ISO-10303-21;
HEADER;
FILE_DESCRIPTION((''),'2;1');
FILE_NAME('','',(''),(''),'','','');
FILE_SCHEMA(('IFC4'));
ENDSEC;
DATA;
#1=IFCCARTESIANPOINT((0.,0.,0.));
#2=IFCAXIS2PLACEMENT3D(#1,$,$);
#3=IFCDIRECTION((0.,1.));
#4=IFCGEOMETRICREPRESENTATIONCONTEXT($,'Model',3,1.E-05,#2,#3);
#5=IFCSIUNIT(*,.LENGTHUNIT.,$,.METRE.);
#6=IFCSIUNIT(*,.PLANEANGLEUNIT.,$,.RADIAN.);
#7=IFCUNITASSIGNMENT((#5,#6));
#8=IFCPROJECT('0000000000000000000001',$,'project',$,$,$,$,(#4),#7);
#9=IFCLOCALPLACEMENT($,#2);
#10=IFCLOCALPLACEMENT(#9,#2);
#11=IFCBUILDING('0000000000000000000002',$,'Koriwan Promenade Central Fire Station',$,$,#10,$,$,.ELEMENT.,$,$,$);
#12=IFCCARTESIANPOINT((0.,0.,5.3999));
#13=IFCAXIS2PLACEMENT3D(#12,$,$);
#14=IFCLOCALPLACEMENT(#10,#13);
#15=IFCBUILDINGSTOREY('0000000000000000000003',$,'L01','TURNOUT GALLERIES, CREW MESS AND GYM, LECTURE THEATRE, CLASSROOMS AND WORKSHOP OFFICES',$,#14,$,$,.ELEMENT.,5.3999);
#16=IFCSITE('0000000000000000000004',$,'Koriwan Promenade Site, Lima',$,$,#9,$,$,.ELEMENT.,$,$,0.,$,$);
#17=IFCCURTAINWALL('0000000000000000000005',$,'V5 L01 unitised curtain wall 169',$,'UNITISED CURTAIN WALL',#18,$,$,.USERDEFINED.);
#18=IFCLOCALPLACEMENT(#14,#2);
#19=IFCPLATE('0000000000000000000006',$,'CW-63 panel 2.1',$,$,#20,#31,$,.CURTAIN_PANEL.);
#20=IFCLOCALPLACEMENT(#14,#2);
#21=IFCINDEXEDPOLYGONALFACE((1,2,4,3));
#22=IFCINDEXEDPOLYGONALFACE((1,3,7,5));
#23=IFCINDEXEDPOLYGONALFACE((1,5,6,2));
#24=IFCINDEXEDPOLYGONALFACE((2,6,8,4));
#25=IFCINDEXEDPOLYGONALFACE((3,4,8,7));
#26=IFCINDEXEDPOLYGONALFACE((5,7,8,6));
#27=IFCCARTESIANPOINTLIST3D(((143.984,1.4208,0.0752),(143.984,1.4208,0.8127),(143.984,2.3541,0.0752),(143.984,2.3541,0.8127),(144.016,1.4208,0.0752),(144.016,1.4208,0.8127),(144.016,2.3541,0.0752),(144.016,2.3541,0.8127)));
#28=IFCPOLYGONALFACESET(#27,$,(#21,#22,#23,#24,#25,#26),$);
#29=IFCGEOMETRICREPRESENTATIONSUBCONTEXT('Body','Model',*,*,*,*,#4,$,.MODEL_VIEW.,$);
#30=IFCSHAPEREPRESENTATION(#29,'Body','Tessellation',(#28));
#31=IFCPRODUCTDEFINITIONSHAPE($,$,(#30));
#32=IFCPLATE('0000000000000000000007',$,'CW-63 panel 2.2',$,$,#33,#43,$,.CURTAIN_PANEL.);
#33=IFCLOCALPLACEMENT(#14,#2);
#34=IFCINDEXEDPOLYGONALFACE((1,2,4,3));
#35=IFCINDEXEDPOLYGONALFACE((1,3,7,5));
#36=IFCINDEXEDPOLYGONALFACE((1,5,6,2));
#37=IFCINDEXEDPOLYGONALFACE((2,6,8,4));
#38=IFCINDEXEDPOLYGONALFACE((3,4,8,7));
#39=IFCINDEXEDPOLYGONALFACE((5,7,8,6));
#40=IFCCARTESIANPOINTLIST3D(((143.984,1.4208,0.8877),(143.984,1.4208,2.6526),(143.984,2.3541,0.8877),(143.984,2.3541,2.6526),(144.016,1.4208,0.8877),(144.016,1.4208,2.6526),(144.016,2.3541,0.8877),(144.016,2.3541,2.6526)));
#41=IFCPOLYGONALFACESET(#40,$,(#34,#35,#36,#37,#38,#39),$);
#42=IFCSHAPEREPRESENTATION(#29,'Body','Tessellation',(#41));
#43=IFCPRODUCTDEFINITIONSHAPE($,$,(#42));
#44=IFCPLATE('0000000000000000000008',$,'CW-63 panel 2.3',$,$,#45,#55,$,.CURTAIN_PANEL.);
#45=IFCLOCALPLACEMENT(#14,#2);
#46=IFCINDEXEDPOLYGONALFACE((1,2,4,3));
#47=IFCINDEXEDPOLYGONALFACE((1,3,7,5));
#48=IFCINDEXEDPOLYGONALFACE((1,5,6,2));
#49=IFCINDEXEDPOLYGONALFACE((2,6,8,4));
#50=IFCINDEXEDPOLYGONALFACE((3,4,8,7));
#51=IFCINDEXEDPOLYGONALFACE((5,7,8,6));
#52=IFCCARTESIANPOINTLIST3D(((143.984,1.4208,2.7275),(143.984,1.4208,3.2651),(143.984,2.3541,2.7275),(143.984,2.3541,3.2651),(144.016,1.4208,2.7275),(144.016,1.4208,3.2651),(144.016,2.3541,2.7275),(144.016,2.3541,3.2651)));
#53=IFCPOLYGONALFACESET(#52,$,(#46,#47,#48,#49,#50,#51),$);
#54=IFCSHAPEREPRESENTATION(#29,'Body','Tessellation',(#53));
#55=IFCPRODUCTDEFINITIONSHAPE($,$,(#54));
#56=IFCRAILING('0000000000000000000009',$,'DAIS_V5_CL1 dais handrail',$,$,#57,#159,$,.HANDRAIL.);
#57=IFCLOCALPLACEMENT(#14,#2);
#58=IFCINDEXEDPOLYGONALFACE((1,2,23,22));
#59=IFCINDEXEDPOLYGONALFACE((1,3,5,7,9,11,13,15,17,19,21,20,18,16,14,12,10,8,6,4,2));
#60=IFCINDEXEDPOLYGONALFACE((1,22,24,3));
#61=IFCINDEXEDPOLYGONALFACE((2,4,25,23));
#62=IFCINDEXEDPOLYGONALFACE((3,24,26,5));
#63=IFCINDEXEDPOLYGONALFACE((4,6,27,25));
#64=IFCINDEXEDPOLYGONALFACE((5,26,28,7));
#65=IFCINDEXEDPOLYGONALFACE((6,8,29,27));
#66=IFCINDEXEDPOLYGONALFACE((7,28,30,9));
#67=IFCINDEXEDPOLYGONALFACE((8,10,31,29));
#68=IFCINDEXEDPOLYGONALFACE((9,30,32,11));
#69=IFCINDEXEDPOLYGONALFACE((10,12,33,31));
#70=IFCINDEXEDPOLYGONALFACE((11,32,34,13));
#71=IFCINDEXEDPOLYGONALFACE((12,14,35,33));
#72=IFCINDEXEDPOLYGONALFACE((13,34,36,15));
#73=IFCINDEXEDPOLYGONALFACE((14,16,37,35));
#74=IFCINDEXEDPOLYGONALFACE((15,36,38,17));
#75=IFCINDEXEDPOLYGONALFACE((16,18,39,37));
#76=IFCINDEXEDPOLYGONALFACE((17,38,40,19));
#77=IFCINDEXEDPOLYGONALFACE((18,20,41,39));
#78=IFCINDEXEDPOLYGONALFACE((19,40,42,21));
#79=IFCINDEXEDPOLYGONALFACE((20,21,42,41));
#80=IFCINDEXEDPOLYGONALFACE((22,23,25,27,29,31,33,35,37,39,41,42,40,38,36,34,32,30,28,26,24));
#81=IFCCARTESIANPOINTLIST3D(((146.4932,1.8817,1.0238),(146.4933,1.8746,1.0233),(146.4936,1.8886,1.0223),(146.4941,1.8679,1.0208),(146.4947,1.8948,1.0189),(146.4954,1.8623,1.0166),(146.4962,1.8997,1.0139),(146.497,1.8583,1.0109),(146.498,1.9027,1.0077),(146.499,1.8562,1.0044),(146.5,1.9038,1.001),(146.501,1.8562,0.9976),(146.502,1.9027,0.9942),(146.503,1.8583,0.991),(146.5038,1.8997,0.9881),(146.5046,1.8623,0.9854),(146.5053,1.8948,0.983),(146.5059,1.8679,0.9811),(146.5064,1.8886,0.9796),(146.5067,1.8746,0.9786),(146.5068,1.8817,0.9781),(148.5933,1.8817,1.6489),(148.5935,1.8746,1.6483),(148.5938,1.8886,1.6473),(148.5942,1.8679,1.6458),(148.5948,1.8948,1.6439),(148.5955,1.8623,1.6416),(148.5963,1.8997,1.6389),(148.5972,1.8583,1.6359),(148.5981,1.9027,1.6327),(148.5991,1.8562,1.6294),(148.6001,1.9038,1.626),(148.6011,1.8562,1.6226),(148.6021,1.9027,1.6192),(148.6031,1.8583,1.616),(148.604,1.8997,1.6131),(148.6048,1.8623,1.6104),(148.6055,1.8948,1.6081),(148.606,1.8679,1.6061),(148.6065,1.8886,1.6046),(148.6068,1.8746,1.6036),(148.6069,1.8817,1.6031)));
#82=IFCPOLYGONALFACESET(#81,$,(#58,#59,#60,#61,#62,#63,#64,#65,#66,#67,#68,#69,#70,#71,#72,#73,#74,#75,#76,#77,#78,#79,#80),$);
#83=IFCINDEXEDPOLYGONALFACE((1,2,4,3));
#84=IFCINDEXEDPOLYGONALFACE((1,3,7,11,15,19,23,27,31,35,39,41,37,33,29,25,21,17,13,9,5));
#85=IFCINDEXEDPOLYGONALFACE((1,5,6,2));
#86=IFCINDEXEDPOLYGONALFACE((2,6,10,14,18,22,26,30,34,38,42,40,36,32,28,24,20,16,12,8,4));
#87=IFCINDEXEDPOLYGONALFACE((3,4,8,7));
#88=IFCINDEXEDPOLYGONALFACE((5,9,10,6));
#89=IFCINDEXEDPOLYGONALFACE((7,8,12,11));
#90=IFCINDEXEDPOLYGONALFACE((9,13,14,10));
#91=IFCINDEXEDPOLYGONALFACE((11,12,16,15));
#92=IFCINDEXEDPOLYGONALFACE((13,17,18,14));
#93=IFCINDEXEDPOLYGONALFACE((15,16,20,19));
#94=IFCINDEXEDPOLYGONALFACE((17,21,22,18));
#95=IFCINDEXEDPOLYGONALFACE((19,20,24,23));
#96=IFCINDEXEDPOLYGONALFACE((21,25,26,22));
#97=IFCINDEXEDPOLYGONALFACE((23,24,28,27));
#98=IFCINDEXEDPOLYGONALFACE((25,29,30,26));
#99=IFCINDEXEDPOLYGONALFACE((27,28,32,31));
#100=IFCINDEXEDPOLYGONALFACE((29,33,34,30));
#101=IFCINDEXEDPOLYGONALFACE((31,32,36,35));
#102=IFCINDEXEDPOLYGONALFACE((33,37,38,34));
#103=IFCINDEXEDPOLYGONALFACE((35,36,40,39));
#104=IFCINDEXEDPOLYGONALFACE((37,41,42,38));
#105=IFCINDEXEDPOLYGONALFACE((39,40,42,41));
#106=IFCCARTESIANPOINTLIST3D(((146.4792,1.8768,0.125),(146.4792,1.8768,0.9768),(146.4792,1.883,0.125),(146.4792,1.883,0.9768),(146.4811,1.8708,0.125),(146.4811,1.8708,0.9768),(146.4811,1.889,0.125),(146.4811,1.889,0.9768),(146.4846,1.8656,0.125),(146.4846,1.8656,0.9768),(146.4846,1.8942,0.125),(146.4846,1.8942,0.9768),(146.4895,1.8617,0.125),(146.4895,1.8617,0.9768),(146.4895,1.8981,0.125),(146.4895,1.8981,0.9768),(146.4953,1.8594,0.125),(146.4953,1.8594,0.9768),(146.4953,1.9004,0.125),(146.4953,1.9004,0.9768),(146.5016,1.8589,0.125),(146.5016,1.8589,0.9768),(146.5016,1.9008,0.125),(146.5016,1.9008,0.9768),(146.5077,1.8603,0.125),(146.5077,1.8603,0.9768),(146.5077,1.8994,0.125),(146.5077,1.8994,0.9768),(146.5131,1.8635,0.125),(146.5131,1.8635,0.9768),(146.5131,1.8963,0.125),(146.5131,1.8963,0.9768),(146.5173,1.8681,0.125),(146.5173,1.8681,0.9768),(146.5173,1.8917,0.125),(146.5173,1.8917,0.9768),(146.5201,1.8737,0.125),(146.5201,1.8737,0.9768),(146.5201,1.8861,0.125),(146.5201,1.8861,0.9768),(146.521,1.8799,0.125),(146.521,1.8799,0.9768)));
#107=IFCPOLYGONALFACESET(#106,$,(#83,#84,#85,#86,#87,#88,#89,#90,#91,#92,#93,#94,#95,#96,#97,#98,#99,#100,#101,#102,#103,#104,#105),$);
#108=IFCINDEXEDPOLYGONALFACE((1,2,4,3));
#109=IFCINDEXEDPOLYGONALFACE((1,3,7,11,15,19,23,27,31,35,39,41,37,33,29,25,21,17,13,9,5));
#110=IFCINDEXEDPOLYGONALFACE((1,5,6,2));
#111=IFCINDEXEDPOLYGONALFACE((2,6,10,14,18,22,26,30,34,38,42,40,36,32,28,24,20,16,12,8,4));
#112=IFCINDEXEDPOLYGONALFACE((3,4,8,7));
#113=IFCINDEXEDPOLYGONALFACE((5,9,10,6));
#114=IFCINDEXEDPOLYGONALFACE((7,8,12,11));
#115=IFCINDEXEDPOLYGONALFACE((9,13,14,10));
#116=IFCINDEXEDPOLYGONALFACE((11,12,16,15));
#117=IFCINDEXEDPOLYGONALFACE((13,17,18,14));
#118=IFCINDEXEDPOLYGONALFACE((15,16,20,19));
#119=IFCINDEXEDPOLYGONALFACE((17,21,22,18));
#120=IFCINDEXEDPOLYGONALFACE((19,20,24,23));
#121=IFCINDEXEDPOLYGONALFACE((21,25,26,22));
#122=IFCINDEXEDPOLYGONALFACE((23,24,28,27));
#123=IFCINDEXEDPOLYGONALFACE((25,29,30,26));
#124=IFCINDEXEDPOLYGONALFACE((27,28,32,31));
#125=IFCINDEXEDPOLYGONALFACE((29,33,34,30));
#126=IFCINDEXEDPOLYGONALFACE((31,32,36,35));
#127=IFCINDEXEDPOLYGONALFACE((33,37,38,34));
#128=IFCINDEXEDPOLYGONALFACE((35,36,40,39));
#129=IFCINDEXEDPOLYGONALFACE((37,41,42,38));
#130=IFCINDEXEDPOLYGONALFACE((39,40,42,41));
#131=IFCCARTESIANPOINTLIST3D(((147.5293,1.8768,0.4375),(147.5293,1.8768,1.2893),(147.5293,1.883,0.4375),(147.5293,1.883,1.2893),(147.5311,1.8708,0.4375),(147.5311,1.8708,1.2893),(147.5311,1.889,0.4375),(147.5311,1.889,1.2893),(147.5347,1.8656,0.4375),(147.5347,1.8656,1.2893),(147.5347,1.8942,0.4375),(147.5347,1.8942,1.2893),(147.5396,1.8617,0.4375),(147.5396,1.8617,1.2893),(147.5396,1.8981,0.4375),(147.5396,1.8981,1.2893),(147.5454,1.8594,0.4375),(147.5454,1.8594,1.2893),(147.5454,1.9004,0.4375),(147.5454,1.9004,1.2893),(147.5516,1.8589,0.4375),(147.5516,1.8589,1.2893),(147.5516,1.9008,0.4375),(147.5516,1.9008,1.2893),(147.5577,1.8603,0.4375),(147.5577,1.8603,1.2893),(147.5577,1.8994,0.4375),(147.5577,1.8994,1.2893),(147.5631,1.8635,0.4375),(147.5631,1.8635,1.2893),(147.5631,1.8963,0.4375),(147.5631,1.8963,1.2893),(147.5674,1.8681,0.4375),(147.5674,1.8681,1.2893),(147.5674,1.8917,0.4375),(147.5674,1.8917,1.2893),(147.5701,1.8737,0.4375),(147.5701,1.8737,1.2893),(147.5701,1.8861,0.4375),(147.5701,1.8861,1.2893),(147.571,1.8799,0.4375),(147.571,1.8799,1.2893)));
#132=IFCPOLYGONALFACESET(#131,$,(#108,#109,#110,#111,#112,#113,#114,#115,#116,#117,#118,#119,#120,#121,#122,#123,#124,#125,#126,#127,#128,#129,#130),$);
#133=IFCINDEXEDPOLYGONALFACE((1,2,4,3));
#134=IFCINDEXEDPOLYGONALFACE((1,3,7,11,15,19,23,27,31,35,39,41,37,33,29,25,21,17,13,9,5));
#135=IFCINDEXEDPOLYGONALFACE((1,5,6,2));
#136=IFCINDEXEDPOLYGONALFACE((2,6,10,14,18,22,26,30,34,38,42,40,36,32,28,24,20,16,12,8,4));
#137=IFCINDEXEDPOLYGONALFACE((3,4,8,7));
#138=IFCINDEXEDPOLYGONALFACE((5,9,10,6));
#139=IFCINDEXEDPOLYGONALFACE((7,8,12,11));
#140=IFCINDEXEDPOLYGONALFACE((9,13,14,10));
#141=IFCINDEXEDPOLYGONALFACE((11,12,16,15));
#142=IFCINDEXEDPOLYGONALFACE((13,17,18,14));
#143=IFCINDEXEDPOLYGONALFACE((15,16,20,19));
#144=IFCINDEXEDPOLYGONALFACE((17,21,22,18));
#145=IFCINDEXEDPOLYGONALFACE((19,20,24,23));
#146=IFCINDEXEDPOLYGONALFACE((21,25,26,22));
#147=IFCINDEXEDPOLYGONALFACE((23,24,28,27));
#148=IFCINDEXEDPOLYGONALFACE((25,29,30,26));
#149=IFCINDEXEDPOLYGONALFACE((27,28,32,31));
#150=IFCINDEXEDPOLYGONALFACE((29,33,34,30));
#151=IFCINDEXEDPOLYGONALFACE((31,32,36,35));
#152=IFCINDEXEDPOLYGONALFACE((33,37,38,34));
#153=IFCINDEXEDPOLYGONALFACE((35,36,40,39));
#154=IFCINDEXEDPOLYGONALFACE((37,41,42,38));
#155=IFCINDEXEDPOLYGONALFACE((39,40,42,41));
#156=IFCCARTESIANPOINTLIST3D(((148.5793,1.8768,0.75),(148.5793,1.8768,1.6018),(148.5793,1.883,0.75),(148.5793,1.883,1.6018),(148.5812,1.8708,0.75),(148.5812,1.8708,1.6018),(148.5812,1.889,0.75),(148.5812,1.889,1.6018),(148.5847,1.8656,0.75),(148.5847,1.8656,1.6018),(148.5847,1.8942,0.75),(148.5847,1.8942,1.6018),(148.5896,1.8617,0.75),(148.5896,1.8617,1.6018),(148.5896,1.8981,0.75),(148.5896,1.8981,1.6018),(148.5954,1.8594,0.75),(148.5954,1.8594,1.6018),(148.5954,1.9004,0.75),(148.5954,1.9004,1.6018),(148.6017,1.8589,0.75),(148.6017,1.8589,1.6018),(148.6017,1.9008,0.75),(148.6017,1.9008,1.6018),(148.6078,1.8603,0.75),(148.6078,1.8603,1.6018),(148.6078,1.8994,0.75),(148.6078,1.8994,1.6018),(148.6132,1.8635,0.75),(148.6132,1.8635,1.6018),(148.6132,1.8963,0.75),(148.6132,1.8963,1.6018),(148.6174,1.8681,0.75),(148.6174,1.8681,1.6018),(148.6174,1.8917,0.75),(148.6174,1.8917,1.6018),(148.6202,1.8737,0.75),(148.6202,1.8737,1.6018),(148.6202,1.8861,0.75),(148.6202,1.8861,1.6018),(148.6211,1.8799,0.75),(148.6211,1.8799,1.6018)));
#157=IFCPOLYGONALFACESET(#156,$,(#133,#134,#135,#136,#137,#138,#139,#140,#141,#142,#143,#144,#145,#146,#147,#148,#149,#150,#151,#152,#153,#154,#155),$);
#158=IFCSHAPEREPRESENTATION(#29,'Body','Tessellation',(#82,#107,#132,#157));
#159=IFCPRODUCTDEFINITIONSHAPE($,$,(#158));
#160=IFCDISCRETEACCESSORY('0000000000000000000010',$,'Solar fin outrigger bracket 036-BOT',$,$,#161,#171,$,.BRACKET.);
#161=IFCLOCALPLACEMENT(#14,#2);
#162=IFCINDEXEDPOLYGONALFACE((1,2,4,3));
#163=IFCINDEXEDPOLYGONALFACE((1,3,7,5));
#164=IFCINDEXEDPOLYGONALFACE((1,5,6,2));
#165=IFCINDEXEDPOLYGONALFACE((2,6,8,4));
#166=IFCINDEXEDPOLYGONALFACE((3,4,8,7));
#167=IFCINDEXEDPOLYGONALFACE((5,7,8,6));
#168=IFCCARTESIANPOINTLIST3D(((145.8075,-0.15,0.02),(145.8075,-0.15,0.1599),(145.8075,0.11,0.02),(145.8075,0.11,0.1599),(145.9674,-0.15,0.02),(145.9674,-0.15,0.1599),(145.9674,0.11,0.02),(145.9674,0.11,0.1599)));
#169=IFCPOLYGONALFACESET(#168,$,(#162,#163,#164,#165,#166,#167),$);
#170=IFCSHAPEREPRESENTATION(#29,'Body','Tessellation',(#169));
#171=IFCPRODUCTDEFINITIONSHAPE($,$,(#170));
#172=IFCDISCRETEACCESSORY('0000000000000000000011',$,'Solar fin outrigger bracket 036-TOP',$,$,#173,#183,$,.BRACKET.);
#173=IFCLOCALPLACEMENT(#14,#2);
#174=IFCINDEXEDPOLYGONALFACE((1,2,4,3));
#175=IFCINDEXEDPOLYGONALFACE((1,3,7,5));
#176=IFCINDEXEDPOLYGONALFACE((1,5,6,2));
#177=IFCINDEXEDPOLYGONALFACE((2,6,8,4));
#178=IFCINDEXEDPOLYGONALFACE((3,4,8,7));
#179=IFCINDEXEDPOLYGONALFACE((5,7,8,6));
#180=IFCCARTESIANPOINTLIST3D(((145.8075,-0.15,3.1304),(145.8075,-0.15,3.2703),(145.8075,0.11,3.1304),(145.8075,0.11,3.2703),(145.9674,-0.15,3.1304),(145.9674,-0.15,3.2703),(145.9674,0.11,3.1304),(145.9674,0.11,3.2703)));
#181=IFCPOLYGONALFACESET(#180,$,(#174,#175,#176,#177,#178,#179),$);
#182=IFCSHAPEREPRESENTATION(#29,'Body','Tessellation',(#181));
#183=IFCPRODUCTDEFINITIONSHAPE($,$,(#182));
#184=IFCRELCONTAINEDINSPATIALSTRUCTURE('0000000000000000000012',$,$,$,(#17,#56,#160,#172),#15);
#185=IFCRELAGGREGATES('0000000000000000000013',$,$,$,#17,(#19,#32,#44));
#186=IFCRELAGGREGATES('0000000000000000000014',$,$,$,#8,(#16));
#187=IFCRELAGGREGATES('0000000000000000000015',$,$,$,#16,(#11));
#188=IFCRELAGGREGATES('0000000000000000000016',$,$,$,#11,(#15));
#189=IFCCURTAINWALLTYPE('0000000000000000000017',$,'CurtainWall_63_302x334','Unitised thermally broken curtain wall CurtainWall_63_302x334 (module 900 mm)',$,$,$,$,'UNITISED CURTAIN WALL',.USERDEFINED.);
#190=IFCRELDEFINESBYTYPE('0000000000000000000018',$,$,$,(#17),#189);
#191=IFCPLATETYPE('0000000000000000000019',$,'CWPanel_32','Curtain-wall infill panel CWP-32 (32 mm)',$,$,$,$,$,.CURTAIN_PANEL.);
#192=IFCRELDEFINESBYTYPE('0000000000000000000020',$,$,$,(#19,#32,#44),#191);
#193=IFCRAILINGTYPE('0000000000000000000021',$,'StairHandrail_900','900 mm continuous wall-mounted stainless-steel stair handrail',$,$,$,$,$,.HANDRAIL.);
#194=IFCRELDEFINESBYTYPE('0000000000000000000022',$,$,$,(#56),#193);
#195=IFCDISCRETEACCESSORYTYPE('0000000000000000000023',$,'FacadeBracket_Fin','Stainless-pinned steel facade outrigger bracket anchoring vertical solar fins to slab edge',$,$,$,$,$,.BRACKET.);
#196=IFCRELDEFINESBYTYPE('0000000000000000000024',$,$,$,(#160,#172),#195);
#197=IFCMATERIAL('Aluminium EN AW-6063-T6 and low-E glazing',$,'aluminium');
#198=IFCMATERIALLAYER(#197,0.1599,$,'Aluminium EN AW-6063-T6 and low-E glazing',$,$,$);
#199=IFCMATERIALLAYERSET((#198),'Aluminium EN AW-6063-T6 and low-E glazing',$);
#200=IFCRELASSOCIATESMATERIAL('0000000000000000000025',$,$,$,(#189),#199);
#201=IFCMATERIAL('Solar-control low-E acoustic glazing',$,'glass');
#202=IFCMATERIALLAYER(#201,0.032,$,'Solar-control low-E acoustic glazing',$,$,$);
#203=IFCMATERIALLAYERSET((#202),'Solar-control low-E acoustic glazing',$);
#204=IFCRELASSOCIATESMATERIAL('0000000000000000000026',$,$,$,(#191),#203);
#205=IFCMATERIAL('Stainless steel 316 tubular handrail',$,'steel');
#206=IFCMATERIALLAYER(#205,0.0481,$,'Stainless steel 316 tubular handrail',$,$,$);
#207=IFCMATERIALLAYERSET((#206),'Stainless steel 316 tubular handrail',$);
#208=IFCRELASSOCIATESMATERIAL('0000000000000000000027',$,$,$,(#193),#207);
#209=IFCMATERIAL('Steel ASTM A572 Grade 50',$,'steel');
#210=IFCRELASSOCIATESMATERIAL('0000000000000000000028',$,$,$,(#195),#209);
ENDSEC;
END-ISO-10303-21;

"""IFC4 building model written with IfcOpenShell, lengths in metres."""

from ifc_helpers import new_model, si_unit, direction, frame, origin, origin_2d, place, context, subcontext, project, spatial, rectangle, circle, extrude, material, layer, layer_set, type_object, element, aggregate, save


model = new_model("IFC4")

# Units and contexts
model_context = context("Model", 3, precision=1e-05, world=origin(), true_north=direction((0.0, 1.0)))
body_context = subcontext(model_context, "Body", "Model", "MODEL_VIEW")
ifc_project = project(units=[si_unit("LENGTHUNIT", "METRE"), si_unit("PLANEANGLEUNIT", "RADIAN")], contexts=[model_context])

# Site, building, storey
site_placement = place(None, origin())
site = spatial("IfcSite", under=ifc_project, at=site_placement, Name="Koriwan Promenade Site, Lima", CompositionType="ELEMENT", RefElevation=0.0)
building_placement = place(site_placement, origin())
building = spatial("IfcBuilding", under=site, at=building_placement, Name="Koriwan Promenade Central Fire Station", CompositionType="ELEMENT")
storey_placement = place(building_placement, frame((0.0, 0.0, 5.3999)))
storey = spatial("IfcBuildingStorey", under=building, at=storey_placement, Name="L01", Description="TURNOUT GALLERIES, CREW MESS AND GYM, LECTURE THEATRE, CLASSROOMS AND WORKSHOP OFFICES", CompositionType="ELEMENT", Elevation=5.3999)

# Curtain wall
ifc_material_1 = material(Name="Aluminium EN AW-6063-T6 and low-E glazing", Category="aluminium")
ifc_layer_1 = layer(ifc_material_1, 0.1599, Name="Aluminium EN AW-6063-T6 and low-E glazing")
ifc_layer_set_1 = layer_set([ifc_layer_1], Name="Aluminium EN AW-6063-T6 and low-E glazing")
curtain_wall_type_1 = type_object("IfcCurtainWallType", Name="CurtainWall_63_302x334", Description="Unitised thermally broken curtain wall CurtainWall_63_302x334 (module 900 mm)", ElementType="UNITISED CURTAIN WALL", PredefinedType="USERDEFINED", material=ifc_layer_set_1)
curtain_wall_1_placement = place(storey_placement, origin())
curtain_wall_1 = element("IfcCurtainWall", 1, at=curtain_wall_1_placement, inside=storey, type_object=curtain_wall_type_1, Name="V5 L01 unitised curtain wall 169", ObjectType="UNITISED CURTAIN WALL", PredefinedType="USERDEFINED")

# Plates
ifc_material_2 = material(Name="Solar-control low-E acoustic glazing", Category="glass")
ifc_layer_2 = layer(ifc_material_2, 0.032, Name="Solar-control low-E acoustic glazing")
ifc_layer_set_2 = layer_set([ifc_layer_2], Name="Solar-control low-E acoustic glazing")
plate_type = type_object("IfcPlateType", Name="CWPanel_32", Description="Curtain-wall infill panel CWP-32 (32 mm)", PredefinedType="CURTAIN_PANEL", material=ifc_layer_set_2)
plate_1_placement = place(storey_placement, frame((144.0, 1.8875, 0.0752), z_axis=(0.0, 0.0, 1.0), x_axis=(0.0, 1.0, 0.0)))
plate_1 = element("IfcPlate", 2, at=plate_1_placement, type_object=plate_type, Name="CW-63 panel 2.1", PredefinedType="CURTAIN_PANEL", context=body_context, shape_type="SweptSolid", body=[
    extrude(rectangle(XDim=0.9333, YDim=0.032, at=origin_2d()), origin(), (0.0, 0.0, 1.0), 0.7375),
])
plate_2_placement = place(storey_placement, frame((144.0, 1.8875, 0.8877), z_axis=(0.0, 0.0, 1.0), x_axis=(0.0, 1.0, 0.0)))
plate_2 = element("IfcPlate", 3, at=plate_2_placement, type_object=plate_type, Name="CW-63 panel 2.2", PredefinedType="CURTAIN_PANEL", context=body_context, shape_type="SweptSolid", body=[
    extrude(rectangle(XDim=0.9333, YDim=0.032, at=origin_2d()), origin(), (0.0, 0.0, 1.0), 1.7649),
])
plate_3_placement = place(storey_placement, frame((144.0, 1.8875, 2.7275), z_axis=(0.0, 0.0, 1.0), x_axis=(0.0, 1.0, 0.0)))
plate_3 = element("IfcPlate", 4, at=plate_3_placement, type_object=plate_type, Name="CW-63 panel 2.3", PredefinedType="CURTAIN_PANEL", context=body_context, shape_type="SweptSolid", body=[
    extrude(rectangle(XDim=0.9333, YDim=0.032, at=origin_2d()), origin(), (0.0, 0.0, 1.0), 0.5376),
])
aggregate(curtain_wall_1, [plate_1, plate_2, plate_3])

# Railing
ifc_material_3 = material(Name="Stainless steel 316 tubular handrail", Category="steel")
ifc_layer_3 = layer(ifc_material_3, 0.0481, Name="Stainless steel 316 tubular handrail")
ifc_layer_set_3 = layer_set([ifc_layer_3], Name="Stainless steel 316 tubular handrail")
railing_type = type_object("IfcRailingType", Name="StairHandrail_900", Description="900 mm continuous wall-mounted stainless-steel stair handrail", PredefinedType="HANDRAIL", material=ifc_layer_set_3)
railing_placement = place(storey_placement, frame((146.5, 1.8799, 0.125)))
element("IfcRailing", 5, at=railing_placement, inside=storey, type_object=railing_type, Name="DAIS_V5_CL1 dais handrail", PredefinedType="HANDRAIL", context=body_context, shape_type="SweptSolid", body=[
    extrude(circle(Radius=0.0239, at=origin_2d()), frame((0.0, 0.0, 0.876), z_axis=(0.958456, 0.0, 0.285241), x_axis=(0.0, 1.0, 0.0)), (0.0, 0.0, 1.0), 2.1912),
    extrude(circle(Radius=0.021, at=origin_2d()), origin(), (0.0, 0.0, 1.0), 0.8518),
    extrude(circle(Radius=0.021, at=origin_2d()), frame((1.05, 0.0, 0.3125)), (0.0, 0.0, 1.0), 0.8518),
    extrude(circle(Radius=0.021, at=origin_2d()), frame((2.1001, 0.0, 0.625)), (0.0, 0.0, 1.0), 0.8518),
])

# Discrete accessories
ifc_material_4 = material(Name="Steel ASTM A572 Grade 50", Category="steel")
discrete_accessory_type = type_object("IfcDiscreteAccessoryType", Name="FacadeBracket_Fin", Description="Stainless-pinned steel facade outrigger bracket anchoring vertical solar fins to slab edge", PredefinedType="BRACKET", material=ifc_material_4)
for number, where, z_axis, x_axis, name in (
    (6, (145.8875, -0.02, 0.02), (0.0, 0.0, 1.0), (0.0, -1.0, 0.0), "Solar fin outrigger bracket 036-BOT"),
    (7, (145.8875, -0.02, 3.1304), (0.0, 0.0, 1.0), (0.0, -1.0, 0.0), "Solar fin outrigger bracket 036-TOP"),
):
    element("IfcDiscreteAccessory", number, at=place(storey_placement, frame(where, z_axis=z_axis, x_axis=x_axis)), inside=storey, type_object=discrete_accessory_type, Name=name, PredefinedType="BRACKET", context=body_context, shape_type="SweptSolid", body=[
        extrude(rectangle(XDim=0.26, YDim=0.1599, at=origin_2d()), origin(), (0.0, 0.0, 1.0), 0.1399),
    ])

save(model, "model.ifc")
